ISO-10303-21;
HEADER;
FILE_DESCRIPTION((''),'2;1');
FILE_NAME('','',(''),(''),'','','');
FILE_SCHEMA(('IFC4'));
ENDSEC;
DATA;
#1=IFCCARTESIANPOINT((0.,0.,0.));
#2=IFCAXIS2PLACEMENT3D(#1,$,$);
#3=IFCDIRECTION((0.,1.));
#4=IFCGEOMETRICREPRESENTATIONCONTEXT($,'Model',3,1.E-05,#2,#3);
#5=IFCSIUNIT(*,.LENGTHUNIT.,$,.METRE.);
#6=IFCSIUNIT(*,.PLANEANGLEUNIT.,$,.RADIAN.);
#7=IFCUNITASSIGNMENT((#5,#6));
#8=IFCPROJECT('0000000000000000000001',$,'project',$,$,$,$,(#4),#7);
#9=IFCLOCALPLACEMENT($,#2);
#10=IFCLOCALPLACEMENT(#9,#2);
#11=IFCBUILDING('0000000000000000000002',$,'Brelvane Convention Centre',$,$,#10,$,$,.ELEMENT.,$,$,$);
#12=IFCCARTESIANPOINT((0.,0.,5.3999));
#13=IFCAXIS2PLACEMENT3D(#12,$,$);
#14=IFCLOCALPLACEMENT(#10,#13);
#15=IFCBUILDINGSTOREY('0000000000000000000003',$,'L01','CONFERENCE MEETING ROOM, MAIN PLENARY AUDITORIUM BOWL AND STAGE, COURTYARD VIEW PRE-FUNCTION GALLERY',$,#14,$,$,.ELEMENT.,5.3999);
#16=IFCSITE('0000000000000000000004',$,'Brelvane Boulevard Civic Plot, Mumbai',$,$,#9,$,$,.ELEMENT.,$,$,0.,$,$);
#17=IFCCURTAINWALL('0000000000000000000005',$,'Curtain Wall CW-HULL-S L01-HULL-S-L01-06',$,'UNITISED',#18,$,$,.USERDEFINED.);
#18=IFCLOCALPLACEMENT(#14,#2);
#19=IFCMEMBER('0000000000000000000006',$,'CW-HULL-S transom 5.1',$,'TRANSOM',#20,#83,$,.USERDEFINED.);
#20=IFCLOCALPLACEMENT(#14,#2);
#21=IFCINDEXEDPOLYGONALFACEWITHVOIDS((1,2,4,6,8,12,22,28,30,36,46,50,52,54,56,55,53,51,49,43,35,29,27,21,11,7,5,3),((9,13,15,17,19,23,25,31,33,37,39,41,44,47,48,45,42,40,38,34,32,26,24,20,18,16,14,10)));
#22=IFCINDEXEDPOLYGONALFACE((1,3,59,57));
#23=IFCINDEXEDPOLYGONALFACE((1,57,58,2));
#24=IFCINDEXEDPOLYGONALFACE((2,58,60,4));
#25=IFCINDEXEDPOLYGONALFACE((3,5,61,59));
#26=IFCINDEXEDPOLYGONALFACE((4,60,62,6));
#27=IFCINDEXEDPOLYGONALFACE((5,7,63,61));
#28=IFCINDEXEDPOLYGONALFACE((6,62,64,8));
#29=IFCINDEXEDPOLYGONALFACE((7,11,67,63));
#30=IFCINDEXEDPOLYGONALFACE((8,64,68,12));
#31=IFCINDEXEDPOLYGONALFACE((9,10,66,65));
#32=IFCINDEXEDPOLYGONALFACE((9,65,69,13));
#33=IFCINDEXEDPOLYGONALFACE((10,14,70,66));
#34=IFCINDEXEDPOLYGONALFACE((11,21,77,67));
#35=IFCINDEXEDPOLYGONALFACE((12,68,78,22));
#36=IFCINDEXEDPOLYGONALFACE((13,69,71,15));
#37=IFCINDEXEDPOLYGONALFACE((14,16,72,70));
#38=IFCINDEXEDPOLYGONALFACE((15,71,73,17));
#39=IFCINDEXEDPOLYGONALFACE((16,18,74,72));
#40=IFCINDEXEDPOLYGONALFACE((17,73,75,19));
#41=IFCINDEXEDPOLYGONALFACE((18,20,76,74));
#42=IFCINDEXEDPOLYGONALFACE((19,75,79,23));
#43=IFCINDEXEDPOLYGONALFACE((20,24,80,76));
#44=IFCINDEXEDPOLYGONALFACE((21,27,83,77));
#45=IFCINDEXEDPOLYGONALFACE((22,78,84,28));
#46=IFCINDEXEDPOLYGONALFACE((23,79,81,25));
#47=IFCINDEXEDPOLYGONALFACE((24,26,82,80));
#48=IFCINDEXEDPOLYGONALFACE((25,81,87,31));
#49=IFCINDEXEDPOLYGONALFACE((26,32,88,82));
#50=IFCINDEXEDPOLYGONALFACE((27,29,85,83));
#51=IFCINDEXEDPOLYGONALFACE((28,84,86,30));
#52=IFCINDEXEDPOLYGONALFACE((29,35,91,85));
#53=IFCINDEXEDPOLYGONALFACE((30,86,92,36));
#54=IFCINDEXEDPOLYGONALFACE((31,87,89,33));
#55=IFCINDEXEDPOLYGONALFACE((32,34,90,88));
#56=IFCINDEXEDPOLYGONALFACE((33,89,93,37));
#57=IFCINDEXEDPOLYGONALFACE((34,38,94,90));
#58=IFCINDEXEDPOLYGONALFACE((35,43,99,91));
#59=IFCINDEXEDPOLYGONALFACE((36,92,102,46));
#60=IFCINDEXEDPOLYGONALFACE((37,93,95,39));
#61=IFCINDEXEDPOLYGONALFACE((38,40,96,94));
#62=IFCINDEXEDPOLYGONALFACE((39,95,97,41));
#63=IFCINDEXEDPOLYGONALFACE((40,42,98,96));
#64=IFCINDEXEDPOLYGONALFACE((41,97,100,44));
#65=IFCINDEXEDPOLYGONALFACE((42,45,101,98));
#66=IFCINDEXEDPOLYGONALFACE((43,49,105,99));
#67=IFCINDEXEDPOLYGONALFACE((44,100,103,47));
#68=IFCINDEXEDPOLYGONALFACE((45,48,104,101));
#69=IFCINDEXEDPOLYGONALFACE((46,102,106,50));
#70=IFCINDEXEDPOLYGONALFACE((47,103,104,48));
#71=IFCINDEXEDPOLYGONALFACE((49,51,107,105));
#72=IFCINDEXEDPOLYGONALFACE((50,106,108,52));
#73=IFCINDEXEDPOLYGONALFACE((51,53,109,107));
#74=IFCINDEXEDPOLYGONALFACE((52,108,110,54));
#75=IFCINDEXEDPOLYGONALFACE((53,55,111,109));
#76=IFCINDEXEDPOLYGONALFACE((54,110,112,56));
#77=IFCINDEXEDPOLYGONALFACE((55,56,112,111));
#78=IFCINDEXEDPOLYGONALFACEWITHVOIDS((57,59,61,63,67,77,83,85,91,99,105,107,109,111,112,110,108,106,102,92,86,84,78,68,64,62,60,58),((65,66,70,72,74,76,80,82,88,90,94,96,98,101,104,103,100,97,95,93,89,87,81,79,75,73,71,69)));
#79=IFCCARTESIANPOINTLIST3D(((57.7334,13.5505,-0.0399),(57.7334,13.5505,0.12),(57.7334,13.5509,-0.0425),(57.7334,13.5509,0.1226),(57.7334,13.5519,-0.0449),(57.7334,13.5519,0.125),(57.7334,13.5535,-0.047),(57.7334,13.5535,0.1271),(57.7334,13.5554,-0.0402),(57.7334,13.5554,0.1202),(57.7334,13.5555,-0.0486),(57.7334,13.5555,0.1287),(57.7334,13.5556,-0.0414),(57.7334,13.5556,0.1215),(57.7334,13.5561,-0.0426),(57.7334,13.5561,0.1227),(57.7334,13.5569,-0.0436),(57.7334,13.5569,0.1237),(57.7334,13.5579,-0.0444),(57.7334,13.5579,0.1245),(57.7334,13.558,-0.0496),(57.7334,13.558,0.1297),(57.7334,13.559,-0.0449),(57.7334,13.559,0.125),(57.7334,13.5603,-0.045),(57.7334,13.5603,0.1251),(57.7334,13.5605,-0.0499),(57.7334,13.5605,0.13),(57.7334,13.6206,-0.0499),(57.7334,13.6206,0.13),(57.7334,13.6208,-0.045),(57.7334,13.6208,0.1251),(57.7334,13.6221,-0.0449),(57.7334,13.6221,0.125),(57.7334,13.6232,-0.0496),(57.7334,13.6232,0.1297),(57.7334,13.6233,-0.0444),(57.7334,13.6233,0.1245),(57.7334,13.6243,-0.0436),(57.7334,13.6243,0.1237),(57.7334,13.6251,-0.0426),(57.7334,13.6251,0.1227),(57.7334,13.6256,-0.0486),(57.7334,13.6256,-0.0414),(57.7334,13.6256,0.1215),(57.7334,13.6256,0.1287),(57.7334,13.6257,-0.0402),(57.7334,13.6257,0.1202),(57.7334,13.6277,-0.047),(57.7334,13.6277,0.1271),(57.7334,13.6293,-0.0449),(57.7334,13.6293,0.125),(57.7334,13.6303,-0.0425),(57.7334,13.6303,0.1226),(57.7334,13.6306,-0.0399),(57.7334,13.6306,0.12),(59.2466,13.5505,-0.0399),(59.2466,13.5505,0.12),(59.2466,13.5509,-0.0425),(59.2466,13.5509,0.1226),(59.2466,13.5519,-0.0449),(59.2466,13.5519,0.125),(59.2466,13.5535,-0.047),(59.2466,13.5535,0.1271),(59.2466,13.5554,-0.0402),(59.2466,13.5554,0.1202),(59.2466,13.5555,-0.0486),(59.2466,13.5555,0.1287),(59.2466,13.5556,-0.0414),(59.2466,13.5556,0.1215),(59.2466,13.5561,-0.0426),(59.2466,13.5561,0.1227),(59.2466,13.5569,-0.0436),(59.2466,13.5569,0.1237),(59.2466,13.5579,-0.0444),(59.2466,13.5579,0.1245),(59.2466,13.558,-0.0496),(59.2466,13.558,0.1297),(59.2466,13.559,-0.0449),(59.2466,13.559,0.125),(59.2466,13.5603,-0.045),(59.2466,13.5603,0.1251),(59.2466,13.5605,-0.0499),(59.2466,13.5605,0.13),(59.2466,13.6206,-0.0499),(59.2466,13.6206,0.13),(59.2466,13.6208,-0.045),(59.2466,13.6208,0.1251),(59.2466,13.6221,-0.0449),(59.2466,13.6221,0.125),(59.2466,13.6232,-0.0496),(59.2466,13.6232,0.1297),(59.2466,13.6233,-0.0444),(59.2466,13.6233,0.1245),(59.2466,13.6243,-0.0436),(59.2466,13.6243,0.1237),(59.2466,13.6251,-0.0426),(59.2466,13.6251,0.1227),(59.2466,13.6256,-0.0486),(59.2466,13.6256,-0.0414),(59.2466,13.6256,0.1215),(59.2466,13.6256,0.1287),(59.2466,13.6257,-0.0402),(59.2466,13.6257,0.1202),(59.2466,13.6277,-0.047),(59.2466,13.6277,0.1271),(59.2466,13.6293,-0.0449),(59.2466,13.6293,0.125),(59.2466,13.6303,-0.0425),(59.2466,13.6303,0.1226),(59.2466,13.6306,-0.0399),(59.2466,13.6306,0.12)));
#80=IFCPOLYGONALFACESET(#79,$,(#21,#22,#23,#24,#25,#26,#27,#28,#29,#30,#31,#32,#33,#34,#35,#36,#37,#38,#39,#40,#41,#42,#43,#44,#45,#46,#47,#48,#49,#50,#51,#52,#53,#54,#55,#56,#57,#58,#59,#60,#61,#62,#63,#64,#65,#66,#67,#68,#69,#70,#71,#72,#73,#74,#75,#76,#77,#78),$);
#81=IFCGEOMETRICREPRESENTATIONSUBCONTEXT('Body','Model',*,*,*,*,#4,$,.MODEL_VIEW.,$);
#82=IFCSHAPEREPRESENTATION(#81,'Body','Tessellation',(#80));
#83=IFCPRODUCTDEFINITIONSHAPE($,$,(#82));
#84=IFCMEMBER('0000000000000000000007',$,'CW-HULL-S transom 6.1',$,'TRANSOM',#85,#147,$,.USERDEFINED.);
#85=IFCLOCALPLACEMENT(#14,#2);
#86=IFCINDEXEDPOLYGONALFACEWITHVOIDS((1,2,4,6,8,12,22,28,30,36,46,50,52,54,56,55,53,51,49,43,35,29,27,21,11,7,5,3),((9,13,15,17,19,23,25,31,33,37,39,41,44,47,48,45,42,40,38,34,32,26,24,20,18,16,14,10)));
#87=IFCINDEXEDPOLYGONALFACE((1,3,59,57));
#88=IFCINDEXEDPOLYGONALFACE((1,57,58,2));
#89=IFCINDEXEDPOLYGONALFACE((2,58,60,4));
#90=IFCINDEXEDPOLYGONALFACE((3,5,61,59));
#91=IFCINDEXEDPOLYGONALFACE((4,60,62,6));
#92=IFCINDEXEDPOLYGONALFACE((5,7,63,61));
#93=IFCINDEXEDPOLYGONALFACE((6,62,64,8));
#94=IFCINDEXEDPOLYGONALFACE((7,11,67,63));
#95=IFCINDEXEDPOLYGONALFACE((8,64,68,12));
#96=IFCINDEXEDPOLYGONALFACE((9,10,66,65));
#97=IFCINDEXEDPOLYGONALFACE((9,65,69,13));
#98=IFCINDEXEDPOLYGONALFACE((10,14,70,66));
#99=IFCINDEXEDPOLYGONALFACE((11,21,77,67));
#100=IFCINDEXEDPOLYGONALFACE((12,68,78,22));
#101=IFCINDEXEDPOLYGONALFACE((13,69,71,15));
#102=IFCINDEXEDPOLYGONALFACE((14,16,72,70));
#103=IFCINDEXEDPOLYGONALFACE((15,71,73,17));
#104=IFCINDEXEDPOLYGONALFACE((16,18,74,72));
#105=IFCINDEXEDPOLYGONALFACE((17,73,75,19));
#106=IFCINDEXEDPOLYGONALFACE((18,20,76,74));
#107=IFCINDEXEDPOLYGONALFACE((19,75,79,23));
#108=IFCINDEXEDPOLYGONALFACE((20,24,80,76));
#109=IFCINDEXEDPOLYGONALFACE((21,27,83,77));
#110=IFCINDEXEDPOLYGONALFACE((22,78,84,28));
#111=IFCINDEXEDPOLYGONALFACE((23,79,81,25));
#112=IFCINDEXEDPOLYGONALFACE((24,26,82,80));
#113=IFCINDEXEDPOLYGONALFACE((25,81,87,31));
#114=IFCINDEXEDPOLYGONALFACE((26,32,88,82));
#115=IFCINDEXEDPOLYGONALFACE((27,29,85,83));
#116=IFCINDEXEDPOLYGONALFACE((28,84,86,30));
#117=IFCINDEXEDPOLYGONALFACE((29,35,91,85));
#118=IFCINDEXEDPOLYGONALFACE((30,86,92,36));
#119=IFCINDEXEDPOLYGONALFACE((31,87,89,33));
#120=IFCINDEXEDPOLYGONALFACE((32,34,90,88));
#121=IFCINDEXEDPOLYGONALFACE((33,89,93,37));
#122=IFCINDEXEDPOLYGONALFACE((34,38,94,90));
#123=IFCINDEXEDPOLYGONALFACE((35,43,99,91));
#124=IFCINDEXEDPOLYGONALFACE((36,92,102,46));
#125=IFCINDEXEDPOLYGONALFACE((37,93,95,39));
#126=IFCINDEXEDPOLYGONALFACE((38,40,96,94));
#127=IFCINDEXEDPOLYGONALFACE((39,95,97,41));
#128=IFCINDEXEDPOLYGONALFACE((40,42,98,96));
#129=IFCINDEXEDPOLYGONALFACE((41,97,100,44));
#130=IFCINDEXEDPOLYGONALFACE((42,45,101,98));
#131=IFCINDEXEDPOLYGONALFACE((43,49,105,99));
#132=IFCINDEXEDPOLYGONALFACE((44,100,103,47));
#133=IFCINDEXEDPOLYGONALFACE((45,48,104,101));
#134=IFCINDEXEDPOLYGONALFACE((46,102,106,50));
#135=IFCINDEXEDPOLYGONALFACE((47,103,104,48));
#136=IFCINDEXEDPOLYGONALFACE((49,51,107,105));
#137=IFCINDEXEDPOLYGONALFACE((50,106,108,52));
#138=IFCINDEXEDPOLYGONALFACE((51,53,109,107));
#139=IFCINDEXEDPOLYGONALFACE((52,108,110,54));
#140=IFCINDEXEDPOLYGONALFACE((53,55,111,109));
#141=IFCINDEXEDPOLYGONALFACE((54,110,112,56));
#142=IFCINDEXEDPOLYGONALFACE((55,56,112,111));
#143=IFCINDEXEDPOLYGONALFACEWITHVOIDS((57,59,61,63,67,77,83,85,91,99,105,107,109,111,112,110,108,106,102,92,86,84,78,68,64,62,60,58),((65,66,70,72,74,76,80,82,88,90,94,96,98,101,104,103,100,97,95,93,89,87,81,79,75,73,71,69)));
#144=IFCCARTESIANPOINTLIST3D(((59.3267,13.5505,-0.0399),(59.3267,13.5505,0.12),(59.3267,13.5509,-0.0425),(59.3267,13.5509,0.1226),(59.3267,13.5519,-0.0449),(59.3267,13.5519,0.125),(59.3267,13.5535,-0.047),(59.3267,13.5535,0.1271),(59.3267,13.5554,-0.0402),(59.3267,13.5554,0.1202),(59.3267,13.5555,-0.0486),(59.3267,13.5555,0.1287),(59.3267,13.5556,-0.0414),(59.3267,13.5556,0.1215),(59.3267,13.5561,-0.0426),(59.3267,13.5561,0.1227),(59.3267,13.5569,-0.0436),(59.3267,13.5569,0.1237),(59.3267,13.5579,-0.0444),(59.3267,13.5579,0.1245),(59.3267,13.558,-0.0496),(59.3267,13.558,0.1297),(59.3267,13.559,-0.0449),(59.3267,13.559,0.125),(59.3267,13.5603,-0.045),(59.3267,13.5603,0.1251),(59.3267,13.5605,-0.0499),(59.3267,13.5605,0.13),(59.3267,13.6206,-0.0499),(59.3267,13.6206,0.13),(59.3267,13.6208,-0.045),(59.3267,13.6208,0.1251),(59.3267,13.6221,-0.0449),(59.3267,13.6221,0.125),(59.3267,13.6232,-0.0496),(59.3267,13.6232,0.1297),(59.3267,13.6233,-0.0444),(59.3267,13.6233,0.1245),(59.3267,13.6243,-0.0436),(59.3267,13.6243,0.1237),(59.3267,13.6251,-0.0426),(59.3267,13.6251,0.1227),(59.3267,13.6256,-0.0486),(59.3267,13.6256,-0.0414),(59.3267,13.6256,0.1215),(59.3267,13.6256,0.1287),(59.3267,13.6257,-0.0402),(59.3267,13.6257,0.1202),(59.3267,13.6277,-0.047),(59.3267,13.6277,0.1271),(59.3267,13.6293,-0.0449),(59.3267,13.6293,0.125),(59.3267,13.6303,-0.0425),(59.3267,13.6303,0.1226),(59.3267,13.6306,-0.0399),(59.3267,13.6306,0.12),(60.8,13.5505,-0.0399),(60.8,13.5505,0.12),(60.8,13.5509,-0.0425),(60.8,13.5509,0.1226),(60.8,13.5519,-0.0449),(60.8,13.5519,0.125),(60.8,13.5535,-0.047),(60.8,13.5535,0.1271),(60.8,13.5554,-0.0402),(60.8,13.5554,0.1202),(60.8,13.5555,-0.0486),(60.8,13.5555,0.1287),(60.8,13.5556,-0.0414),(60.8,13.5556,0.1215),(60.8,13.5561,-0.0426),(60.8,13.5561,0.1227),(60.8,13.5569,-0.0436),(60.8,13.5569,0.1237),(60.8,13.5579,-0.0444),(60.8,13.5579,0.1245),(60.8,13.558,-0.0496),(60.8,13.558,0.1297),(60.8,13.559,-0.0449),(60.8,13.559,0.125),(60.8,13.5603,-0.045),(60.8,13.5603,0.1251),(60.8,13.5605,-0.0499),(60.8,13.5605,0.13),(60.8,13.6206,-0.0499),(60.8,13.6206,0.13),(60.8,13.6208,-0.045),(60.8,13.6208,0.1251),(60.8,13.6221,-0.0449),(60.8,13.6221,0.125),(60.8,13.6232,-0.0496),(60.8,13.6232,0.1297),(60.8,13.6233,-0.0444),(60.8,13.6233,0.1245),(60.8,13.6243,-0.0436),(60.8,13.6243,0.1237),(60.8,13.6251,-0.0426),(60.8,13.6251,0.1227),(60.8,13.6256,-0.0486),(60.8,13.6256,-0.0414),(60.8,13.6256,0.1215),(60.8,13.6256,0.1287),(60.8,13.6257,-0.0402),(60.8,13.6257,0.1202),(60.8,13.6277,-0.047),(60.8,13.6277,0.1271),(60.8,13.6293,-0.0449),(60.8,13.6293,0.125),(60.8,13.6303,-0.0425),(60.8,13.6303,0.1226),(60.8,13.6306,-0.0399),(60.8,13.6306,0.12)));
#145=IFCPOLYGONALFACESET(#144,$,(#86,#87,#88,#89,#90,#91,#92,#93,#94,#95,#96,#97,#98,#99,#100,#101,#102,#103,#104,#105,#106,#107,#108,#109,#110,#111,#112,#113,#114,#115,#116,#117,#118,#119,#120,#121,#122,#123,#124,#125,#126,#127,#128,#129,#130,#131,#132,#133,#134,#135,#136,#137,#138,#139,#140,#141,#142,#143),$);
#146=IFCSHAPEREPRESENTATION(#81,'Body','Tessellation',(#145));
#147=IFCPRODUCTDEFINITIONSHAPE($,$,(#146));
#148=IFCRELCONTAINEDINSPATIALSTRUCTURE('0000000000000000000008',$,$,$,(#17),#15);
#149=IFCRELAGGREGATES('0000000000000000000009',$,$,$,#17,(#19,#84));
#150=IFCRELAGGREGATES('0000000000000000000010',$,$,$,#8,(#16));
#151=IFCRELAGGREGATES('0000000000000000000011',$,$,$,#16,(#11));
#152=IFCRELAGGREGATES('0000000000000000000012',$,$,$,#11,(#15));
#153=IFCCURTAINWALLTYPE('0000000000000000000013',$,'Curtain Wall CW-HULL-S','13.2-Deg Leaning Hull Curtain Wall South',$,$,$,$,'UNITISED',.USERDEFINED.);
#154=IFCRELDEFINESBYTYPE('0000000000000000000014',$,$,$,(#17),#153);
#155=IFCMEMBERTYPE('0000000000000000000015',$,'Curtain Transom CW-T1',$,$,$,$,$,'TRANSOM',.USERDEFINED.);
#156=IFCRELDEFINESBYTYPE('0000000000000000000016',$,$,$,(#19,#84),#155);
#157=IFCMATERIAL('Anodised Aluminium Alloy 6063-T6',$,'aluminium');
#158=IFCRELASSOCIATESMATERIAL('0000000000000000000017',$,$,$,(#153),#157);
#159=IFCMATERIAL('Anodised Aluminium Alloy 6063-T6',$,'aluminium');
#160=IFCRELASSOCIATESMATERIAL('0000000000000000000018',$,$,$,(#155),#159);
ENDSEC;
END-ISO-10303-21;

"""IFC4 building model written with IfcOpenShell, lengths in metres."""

from ifc_helpers import new_model, si_unit, direction, frame, origin, origin_2d, place, context, subcontext, project, spatial, hollow_rectangle, extrude, material, material_profile, profile_set, type_object, element, aggregate, save


model = new_model("IFC4")

# Units and contexts
model_context = context("Model", 3, precision=1e-05, world=origin(), true_north=direction((0.0, 1.0)))
body_context = subcontext(model_context, "Body", "Model", "MODEL_VIEW")
ifc_project = project(units=[si_unit("LENGTHUNIT", "METRE"), si_unit("PLANEANGLEUNIT", "RADIAN")], contexts=[model_context])

# Site, building, storey
site_placement = place(None, origin())
site = spatial("IfcSite", under=ifc_project, at=site_placement, Name="Brelvane Boulevard Civic Plot, Mumbai", CompositionType="ELEMENT", RefElevation=0.0)
building_placement = place(site_placement, origin())
building = spatial("IfcBuilding", under=site, at=building_placement, Name="Brelvane Convention Centre", CompositionType="ELEMENT")
storey_placement = place(building_placement, frame((0.0, 0.0, 5.3999)))
storey = spatial("IfcBuildingStorey", under=building, at=storey_placement, Name="L01", Description="CONFERENCE MEETING ROOM, MAIN PLENARY AUDITORIUM BOWL AND STAGE, COURTYARD VIEW PRE-FUNCTION GALLERY", CompositionType="ELEMENT", Elevation=5.3999)

# Curtain wall
ifc_material_1 = material(Name="Anodised Aluminium Alloy 6063-T6", Category="aluminium")
curtain_wall_type = type_object("IfcCurtainWallType", Name="Curtain Wall CW-HULL-S", Description="13.2-Deg Leaning Hull Curtain Wall South", ElementType="UNITISED", PredefinedType="USERDEFINED", material=ifc_material_1)
curtain_wall_1_placement = place(storey_placement, origin())
curtain_wall_1 = element("IfcCurtainWall", 1, at=curtain_wall_1_placement, inside=storey, type_object=curtain_wall_type, Name="Curtain Wall CW-HULL-S L01-HULL-S-L01-06", ObjectType="UNITISED", PredefinedType="USERDEFINED")

# Members
ifc_material_2 = material(Name="Anodised Aluminium Alloy 6063-T6", Category="aluminium")
ifc_material_profile_1 = material_profile(ifc_material_2, hollow_rectangle(XDim=0.0801, YDim=0.1799, WallThickness=0.0049, InnerFilletRadius=0.0049, OuterFilletRadius=0.01, at=origin_2d()), Name="ALU-T 180x80x5.0")
ifc_profile_set_1 = profile_set([ifc_material_profile_1], Name="Anodised Aluminium Alloy 6063-T6")
member_type_1 = type_object("IfcMemberType", Name="Curtain Transom CW-T1", ElementType="TRANSOM", PredefinedType="USERDEFINED", material=ifc_profile_set_1)
member_1_placement = place(storey_placement, frame((57.7334, 13.5906, 0.04), z_axis=(1.0, 0.0, 0.0), x_axis=(0.0, 1.0, 0.0)))
member_1 = element("IfcMember", 2, at=member_1_placement, type_object=member_type_1, Name="CW-HULL-S transom 5.1", ObjectType="TRANSOM", PredefinedType="USERDEFINED", context=body_context, shape_type="SweptSolid", body=[
    extrude(hollow_rectangle(XDim=0.0801, YDim=0.1799, WallThickness=0.0049, InnerFilletRadius=0.0049, OuterFilletRadius=0.01, at=origin_2d()), origin(), (0.0, 0.0, 1.0), 1.5132),
])
member_2_placement = place(storey_placement, frame((59.3267, 13.5906, 0.04), z_axis=(1.0, 0.0, 0.0), x_axis=(0.0, 1.0, 0.0)))
member_2 = element("IfcMember", 3, at=member_2_placement, type_object=member_type_1, Name="CW-HULL-S transom 6.1", ObjectType="TRANSOM", PredefinedType="USERDEFINED", context=body_context, shape_type="SweptSolid", body=[
    extrude(hollow_rectangle(XDim=0.0801, YDim=0.1799, WallThickness=0.0049, InnerFilletRadius=0.0049, OuterFilletRadius=0.01, at=origin_2d()), origin(), (0.0, 0.0, 1.0), 1.4734),
])

aggregate(curtain_wall_1, [member_1, member_2])

save(model, "model.ifc")
